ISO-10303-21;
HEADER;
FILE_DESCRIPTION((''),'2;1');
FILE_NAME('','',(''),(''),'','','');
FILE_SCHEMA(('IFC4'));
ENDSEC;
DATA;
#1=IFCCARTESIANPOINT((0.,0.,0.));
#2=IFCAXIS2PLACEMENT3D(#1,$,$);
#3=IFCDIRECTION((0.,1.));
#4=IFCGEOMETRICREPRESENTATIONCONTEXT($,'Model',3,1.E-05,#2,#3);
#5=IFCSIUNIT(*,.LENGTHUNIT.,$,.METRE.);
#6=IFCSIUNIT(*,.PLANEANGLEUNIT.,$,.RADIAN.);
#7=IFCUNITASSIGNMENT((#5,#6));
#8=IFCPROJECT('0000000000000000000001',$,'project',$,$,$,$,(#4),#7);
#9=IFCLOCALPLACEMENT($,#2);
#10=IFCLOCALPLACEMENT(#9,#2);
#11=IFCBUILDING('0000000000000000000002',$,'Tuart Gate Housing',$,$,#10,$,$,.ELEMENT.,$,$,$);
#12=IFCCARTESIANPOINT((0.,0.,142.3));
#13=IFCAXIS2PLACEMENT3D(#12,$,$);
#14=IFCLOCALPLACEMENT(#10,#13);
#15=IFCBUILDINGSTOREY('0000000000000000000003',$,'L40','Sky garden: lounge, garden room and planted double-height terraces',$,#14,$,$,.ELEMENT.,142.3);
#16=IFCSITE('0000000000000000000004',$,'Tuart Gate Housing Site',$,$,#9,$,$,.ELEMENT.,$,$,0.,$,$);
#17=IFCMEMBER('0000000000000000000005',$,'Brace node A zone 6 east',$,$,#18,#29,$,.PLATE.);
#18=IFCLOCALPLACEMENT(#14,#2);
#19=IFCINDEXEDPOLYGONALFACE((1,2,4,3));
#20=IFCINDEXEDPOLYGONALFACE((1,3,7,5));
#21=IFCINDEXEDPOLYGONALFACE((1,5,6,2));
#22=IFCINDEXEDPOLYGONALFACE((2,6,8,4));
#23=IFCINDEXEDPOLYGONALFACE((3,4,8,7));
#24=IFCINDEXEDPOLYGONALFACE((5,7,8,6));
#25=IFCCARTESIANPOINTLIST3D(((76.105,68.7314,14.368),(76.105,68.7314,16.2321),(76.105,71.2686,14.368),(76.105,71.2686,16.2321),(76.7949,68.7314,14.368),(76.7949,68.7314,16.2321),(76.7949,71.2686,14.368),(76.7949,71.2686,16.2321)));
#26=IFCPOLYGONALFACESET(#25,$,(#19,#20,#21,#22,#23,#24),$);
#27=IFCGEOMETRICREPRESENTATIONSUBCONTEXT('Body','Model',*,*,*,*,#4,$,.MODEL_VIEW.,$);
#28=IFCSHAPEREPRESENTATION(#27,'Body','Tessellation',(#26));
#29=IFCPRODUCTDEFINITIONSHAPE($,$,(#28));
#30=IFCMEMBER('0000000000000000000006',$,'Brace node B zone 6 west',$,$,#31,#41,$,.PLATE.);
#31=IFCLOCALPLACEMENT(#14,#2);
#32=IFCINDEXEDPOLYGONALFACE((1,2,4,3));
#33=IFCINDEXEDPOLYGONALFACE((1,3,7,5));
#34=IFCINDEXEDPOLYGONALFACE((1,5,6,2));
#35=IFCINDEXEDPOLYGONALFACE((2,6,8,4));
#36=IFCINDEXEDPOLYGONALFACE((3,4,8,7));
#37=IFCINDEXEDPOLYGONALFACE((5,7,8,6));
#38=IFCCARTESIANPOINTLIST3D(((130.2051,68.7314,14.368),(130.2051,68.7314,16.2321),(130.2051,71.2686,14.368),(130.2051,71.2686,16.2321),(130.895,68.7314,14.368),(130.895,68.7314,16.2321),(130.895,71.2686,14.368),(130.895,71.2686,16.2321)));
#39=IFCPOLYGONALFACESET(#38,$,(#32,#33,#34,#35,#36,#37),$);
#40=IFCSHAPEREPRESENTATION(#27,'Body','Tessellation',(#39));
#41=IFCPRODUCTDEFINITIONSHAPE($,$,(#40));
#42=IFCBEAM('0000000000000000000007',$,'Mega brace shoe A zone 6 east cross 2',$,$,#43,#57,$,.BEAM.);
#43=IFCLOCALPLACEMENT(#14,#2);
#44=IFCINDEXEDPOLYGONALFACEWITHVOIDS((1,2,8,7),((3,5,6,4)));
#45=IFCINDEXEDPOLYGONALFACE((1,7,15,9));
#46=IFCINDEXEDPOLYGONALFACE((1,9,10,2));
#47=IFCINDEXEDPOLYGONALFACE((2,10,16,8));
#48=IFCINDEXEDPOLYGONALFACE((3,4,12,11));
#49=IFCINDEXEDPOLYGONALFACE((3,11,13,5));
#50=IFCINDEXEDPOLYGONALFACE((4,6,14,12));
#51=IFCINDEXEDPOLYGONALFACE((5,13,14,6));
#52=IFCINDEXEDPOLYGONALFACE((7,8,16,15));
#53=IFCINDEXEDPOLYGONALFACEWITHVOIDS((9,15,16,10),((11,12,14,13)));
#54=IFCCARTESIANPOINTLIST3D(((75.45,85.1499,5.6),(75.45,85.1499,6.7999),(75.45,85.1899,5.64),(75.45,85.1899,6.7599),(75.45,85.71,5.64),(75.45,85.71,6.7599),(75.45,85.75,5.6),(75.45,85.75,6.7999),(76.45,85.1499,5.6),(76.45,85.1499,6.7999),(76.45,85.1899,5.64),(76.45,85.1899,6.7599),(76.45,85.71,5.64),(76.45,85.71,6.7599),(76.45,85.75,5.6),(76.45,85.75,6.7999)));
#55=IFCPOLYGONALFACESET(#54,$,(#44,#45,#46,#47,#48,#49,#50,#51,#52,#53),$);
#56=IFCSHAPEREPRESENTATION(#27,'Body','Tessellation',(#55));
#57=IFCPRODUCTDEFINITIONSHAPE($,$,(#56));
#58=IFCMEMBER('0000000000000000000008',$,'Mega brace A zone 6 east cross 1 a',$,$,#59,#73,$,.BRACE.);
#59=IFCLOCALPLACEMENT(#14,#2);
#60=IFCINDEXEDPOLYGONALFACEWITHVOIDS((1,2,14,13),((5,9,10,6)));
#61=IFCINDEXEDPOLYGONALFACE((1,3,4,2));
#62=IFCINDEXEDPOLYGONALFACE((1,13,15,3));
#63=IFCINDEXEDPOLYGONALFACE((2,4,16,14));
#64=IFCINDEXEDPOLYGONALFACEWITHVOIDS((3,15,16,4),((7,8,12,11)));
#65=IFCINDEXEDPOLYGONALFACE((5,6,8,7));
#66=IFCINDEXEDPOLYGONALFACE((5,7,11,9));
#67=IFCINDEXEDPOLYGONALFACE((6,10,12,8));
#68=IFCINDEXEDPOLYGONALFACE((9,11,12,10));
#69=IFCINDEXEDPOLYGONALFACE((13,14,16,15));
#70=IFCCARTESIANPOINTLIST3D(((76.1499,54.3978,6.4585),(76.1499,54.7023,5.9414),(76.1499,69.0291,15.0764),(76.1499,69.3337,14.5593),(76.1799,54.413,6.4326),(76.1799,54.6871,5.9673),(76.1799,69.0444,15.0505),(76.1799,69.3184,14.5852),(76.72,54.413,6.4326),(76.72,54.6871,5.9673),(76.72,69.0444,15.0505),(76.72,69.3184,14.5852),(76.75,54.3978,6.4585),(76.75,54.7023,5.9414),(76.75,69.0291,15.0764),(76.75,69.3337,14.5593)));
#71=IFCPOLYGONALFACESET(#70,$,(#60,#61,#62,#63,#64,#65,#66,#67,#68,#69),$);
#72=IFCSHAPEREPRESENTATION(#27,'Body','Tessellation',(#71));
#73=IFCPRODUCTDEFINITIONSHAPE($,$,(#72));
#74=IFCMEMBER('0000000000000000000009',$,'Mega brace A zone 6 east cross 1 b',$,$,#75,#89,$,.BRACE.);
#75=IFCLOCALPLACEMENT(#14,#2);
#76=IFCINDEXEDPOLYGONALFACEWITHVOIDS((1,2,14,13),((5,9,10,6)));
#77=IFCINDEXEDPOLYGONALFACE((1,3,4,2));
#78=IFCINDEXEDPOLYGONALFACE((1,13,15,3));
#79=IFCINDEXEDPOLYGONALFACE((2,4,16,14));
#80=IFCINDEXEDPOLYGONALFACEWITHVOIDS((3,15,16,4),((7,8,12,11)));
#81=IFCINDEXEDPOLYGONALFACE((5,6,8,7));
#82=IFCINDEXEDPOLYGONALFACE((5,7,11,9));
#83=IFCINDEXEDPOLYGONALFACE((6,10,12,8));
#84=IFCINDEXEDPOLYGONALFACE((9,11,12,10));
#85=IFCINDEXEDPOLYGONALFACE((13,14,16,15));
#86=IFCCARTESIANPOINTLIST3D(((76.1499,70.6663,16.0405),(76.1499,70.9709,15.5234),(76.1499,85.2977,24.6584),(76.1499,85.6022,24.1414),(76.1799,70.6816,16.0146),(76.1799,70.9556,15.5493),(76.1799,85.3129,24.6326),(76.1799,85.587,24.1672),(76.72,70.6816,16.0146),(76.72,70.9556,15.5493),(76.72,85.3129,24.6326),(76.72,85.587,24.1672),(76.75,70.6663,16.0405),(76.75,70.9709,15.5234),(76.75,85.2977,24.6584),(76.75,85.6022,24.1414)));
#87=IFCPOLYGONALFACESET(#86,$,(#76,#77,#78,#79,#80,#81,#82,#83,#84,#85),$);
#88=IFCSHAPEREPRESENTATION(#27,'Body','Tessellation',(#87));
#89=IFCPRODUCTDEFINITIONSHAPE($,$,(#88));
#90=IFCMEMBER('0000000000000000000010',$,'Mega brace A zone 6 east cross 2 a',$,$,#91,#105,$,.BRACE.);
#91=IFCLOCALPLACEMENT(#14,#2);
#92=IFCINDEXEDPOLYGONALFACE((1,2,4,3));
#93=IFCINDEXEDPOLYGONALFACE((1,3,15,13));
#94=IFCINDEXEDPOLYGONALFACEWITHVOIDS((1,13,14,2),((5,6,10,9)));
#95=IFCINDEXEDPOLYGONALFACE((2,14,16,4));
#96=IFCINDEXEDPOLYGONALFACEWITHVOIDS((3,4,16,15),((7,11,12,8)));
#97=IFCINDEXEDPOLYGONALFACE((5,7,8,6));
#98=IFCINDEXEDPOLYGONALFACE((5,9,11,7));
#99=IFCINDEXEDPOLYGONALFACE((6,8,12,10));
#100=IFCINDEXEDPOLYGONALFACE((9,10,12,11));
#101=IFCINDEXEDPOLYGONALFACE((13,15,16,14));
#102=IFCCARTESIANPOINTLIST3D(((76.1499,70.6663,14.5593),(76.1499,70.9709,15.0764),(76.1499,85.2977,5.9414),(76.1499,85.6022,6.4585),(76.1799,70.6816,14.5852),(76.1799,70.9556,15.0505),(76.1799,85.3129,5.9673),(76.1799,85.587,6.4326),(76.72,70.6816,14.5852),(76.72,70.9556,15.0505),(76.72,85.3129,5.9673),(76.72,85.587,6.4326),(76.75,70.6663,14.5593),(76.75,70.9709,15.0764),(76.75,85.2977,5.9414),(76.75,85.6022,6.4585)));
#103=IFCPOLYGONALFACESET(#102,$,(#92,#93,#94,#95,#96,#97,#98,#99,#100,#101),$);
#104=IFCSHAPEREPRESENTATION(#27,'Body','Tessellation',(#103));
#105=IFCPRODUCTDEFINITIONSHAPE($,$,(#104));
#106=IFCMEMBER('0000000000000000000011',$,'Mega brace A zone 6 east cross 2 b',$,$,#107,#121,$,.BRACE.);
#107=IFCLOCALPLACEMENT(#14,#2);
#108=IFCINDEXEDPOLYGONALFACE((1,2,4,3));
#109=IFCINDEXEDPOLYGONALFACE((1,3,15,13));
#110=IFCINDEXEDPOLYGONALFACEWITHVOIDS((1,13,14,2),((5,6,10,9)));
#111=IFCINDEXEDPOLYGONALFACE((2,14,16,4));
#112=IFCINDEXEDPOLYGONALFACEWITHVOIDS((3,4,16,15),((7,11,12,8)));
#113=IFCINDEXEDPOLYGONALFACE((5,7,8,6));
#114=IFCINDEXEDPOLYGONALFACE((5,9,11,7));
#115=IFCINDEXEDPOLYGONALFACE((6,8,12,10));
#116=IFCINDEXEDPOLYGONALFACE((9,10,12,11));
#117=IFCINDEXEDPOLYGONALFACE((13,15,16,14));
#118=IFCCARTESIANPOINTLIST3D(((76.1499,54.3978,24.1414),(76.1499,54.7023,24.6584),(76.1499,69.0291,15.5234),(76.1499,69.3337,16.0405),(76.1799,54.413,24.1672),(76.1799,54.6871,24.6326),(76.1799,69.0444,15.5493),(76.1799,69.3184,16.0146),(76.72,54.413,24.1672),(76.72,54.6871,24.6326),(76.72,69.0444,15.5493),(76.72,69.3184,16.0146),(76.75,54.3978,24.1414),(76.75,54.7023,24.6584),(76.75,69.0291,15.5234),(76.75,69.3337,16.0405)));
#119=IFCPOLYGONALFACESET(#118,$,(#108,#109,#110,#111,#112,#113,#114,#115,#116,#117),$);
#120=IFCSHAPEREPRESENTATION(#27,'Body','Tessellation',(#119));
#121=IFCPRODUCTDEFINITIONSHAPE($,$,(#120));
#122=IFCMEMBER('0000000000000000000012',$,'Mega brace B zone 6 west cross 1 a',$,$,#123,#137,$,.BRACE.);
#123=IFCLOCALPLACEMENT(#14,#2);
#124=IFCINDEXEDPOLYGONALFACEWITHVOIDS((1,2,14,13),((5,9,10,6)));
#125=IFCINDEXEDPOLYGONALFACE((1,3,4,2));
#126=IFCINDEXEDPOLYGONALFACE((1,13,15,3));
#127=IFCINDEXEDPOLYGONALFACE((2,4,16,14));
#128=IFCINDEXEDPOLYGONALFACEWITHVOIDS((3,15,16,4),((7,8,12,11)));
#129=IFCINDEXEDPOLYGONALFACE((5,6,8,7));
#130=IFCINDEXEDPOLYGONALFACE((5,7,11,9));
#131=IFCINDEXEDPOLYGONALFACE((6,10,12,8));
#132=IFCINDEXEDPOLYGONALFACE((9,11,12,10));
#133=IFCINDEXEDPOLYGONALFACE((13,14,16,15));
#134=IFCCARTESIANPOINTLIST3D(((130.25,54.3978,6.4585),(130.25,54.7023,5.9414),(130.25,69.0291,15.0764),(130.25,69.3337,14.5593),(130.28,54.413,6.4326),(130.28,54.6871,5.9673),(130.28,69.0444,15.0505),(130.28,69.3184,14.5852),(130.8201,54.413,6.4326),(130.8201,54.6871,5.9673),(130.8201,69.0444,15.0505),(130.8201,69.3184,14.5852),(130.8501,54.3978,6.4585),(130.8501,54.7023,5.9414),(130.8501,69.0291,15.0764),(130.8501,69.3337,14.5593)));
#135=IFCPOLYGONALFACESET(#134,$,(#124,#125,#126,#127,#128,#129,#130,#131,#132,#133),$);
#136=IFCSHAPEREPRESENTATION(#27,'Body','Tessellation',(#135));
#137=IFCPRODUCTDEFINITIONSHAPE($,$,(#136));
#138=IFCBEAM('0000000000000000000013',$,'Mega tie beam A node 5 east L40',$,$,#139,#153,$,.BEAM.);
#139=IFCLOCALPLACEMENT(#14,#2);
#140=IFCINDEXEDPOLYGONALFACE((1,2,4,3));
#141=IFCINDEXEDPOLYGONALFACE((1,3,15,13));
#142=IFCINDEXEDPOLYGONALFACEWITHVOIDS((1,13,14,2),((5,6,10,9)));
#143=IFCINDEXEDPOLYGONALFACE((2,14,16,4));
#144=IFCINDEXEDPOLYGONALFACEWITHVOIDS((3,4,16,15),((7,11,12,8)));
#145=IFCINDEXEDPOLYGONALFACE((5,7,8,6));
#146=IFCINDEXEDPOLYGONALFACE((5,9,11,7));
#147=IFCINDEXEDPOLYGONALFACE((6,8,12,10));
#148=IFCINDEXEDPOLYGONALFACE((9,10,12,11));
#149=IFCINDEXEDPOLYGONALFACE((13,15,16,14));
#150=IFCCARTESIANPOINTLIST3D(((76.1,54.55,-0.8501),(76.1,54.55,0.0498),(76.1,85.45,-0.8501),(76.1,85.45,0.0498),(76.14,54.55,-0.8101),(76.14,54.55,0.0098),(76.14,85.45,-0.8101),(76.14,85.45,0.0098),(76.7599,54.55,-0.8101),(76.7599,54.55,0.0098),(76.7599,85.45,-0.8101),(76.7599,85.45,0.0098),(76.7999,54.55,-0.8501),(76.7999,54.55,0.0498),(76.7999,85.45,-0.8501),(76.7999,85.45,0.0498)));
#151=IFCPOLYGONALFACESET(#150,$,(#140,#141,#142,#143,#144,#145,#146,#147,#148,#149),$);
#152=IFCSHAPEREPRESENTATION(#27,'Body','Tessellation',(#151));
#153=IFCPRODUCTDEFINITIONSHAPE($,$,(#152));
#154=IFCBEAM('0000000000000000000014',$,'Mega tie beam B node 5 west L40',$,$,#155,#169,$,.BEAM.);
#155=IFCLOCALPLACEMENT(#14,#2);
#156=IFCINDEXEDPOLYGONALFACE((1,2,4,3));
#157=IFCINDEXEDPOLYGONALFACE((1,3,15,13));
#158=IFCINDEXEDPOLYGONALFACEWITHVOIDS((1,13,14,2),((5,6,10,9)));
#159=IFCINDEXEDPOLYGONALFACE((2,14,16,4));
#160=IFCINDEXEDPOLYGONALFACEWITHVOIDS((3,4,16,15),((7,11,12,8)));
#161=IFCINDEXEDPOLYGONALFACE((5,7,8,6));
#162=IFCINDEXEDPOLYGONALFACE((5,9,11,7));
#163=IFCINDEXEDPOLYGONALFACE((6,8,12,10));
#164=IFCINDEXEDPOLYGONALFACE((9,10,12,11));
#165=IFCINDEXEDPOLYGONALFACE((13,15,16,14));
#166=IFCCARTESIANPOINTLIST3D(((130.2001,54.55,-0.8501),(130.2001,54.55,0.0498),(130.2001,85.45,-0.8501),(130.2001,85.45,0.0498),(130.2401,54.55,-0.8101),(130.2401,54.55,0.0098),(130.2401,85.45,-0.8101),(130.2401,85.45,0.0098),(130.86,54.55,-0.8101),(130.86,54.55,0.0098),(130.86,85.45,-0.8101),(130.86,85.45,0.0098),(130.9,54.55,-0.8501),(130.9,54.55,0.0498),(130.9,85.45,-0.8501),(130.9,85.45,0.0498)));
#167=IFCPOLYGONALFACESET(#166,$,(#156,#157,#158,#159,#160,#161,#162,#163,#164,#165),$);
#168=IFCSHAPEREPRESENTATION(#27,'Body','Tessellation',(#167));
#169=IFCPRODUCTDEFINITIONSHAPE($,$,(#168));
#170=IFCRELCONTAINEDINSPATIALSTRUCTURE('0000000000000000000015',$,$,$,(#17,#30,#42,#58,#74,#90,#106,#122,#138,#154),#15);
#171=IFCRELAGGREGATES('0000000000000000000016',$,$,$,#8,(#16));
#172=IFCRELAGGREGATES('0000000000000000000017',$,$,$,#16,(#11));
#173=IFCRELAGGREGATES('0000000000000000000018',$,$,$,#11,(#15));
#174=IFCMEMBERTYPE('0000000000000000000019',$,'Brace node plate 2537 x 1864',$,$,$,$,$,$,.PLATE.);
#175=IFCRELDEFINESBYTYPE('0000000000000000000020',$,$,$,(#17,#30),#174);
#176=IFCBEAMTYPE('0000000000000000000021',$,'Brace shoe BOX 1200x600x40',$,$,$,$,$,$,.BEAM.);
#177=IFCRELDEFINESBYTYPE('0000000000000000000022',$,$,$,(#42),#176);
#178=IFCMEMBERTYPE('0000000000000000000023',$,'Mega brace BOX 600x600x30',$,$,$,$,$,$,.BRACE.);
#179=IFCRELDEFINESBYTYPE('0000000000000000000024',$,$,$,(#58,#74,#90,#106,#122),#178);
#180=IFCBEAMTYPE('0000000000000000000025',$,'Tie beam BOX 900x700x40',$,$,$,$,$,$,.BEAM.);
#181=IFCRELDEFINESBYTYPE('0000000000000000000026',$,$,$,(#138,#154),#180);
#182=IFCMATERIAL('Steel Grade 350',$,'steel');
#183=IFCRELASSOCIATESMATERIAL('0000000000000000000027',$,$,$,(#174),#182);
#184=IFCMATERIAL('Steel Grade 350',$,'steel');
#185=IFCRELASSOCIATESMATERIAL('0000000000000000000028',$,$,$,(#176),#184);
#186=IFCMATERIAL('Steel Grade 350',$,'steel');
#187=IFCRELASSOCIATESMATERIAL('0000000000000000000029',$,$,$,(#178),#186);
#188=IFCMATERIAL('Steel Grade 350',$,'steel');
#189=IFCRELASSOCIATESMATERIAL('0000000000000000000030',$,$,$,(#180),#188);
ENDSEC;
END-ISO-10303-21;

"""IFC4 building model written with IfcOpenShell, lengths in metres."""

from ifc_helpers import new_model, si_unit, direction, frame, origin, origin_2d, place, context, subcontext, project, spatial, rectangle, hollow_rectangle, extrude, material, material_profile, profile_set, type_object, element, save


model = new_model("IFC4")

# Units and contexts
model_context = context("Model", 3, precision=1e-05, world=origin(), true_north=direction((0.0, 1.0)))
body_context = subcontext(model_context, "Body", "Model", "MODEL_VIEW")
ifc_project = project(units=[si_unit("LENGTHUNIT", "METRE"), si_unit("PLANEANGLEUNIT", "RADIAN")], contexts=[model_context])

# Site, building, storey
site_placement = place(None, origin())
site = spatial("IfcSite", under=ifc_project, at=site_placement, Name="Tuart Gate Housing Site", CompositionType="ELEMENT", RefElevation=0.0)
building_placement = place(site_placement, origin())
building = spatial("IfcBuilding", under=site, at=building_placement, Name="Tuart Gate Housing", CompositionType="ELEMENT")
storey_placement = place(building_placement, frame((0.0, 0.0, 142.3)))
storey = spatial("IfcBuildingStorey", under=building, at=storey_placement, Name="L40", Description="Sky garden: lounge, garden room and planted double-height terraces", CompositionType="ELEMENT", Elevation=142.3)

# Members
ifc_material_1 = material(Name="Steel Grade 350", Category="steel")
ifc_material_profile_1 = material_profile(ifc_material_1, rectangle(XDim=2.5371, YDim=1.864, at=origin_2d()), Name="Brace node plate 2537 x 1864")
ifc_profile_set_1 = profile_set([ifc_material_profile_1], Name="Steel Grade 350")
member_type_1 = type_object("IfcMemberType", Name="Brace node plate 2537 x 1864", PredefinedType="PLATE", material=ifc_profile_set_1)
for number, where, z_axis, x_axis, name in (
    (1, (76.105, 70.0, 15.3), (1.0, 0.0, 0.0), (0.0, 1.0, 0.0), "Brace node A zone 6 east"),
    (2, (130.2051, 70.0, 15.3), (1.0, 0.0, 0.0), (0.0, 1.0, 0.0), "Brace node B zone 6 west"),
):
    element("IfcMember", number, at=place(storey_placement, frame(where, z_axis=z_axis, x_axis=x_axis)), inside=storey, type_object=member_type_1, Name=name, PredefinedType="PLATE", context=body_context, shape_type="SweptSolid", body=[
        extrude(rectangle(XDim=2.5371, YDim=1.864, at=origin_2d()), origin(), (0.0, 0.0, 1.0), 0.6899),
    ])

# Beam
ifc_material_2 = material(Name="Steel Grade 350", Category="steel")
ifc_material_profile_2 = material_profile(ifc_material_2, hollow_rectangle(XDim=0.6001, YDim=1.2, WallThickness=0.04, at=origin_2d()), Name="BOX 1200x600x40")
ifc_profile_set_2 = profile_set([ifc_material_profile_2], Name="Steel Grade 350")
beam_type_1 = type_object("IfcBeamType", Name="Brace shoe BOX 1200x600x40", PredefinedType="BEAM", material=ifc_profile_set_2)
beam_placement = place(storey_placement, frame((75.45, 85.45, 6.2), z_axis=(1.0, 0.0, 0.0), x_axis=(0.0, 1.0, 0.0)))
element("IfcBeam", 3, at=beam_placement, inside=storey, type_object=beam_type_1, Name="Mega brace shoe A zone 6 east cross 2", PredefinedType="BEAM", context=body_context, shape_type="SweptSolid", body=[
    extrude(hollow_rectangle(XDim=0.6001, YDim=1.2, WallThickness=0.04, at=origin_2d()), origin(), (0.0, 0.0, 1.0), 1.0),
])

# Members
ifc_material_3 = material(Name="Steel Grade 350", Category="steel")
ifc_material_profile_3 = material_profile(ifc_material_3, hollow_rectangle(XDim=0.6001, YDim=0.6001, WallThickness=0.03, at=origin_2d()), Name="BOX 600x600x30")
ifc_profile_set_3 = profile_set([ifc_material_profile_3], Name="Steel Grade 350")
member_type_2 = type_object("IfcMemberType", Name="Mega brace BOX 600x600x30", PredefinedType="BRACE", material=ifc_profile_set_3)
for number, where, z_axis, x_axis, name in (
    (4, (76.45, 54.55, 6.2), (0.0, 0.861645, 0.507512), (-1.0, 0.0, 0.0), "Mega brace A zone 6 east cross 1 a"),
    (5, (76.45, 70.8186, 15.782), (0.0, 0.861645, 0.507512), (-1.0, 0.0, 0.0), "Mega brace A zone 6 east cross 1 b"),
    (6, (76.45, 85.45, 6.2), (0.0, -0.861645, 0.507512), (1.0, 0.0, 0.0), "Mega brace A zone 6 east cross 2 a"),
    (7, (76.45, 69.1814, 15.782), (0.0, -0.861645, 0.507512), (1.0, 0.0, 0.0), "Mega brace A zone 6 east cross 2 b"),
    (8, (130.55, 54.55, 6.2), (0.0, 0.861645, 0.507512), (-1.0, 0.0, 0.0), "Mega brace B zone 6 west cross 1 a"),
):
    element("IfcMember", number, at=place(storey_placement, frame(where, z_axis=z_axis, x_axis=x_axis)), inside=storey, type_object=member_type_2, Name=name, PredefinedType="BRACE", context=body_context, shape_type="SweptSolid", body=[
        extrude(hollow_rectangle(XDim=0.6001, YDim=0.6001, WallThickness=0.03, at=origin_2d()), origin(), (0.0, 0.0, 1.0), 16.9807),
    ])

# Beams
ifc_material_4 = material(Name="Steel Grade 350", Category="steel")
ifc_material_profile_4 = material_profile(ifc_material_4, hollow_rectangle(XDim=0.7, YDim=0.8999, WallThickness=0.04, at=origin_2d()), Name="BOX 900x700x40")
ifc_profile_set_4 = profile_set([ifc_material_profile_4], Name="Steel Grade 350")
beam_type_2 = type_object("IfcBeamType", Name="Tie beam BOX 900x700x40", PredefinedType="BEAM", material=ifc_profile_set_4)
for number, where, z_axis, x_axis, name in (
    (9, (76.45, 54.55, -0.4001), (0.0, 1.0, 0.0), (-1.0, 0.0, 0.0), "Mega tie beam A node 5 east L40"),
    (10, (130.55, 54.55, -0.4001), (0.0, 1.0, 0.0), (-1.0, 0.0, 0.0), "Mega tie beam B node 5 west L40"),
):
    element("IfcBeam", number, at=place(storey_placement, frame(where, z_axis=z_axis, x_axis=x_axis)), inside=storey, type_object=beam_type_2, Name=name, PredefinedType="BEAM", context=body_context, shape_type="SweptSolid", body=[
        extrude(hollow_rectangle(XDim=0.7, YDim=0.8999, WallThickness=0.04, at=origin_2d()), origin(), (0.0, 0.0, 1.0), 30.8999),
    ])

save(model, "model.ifc")
